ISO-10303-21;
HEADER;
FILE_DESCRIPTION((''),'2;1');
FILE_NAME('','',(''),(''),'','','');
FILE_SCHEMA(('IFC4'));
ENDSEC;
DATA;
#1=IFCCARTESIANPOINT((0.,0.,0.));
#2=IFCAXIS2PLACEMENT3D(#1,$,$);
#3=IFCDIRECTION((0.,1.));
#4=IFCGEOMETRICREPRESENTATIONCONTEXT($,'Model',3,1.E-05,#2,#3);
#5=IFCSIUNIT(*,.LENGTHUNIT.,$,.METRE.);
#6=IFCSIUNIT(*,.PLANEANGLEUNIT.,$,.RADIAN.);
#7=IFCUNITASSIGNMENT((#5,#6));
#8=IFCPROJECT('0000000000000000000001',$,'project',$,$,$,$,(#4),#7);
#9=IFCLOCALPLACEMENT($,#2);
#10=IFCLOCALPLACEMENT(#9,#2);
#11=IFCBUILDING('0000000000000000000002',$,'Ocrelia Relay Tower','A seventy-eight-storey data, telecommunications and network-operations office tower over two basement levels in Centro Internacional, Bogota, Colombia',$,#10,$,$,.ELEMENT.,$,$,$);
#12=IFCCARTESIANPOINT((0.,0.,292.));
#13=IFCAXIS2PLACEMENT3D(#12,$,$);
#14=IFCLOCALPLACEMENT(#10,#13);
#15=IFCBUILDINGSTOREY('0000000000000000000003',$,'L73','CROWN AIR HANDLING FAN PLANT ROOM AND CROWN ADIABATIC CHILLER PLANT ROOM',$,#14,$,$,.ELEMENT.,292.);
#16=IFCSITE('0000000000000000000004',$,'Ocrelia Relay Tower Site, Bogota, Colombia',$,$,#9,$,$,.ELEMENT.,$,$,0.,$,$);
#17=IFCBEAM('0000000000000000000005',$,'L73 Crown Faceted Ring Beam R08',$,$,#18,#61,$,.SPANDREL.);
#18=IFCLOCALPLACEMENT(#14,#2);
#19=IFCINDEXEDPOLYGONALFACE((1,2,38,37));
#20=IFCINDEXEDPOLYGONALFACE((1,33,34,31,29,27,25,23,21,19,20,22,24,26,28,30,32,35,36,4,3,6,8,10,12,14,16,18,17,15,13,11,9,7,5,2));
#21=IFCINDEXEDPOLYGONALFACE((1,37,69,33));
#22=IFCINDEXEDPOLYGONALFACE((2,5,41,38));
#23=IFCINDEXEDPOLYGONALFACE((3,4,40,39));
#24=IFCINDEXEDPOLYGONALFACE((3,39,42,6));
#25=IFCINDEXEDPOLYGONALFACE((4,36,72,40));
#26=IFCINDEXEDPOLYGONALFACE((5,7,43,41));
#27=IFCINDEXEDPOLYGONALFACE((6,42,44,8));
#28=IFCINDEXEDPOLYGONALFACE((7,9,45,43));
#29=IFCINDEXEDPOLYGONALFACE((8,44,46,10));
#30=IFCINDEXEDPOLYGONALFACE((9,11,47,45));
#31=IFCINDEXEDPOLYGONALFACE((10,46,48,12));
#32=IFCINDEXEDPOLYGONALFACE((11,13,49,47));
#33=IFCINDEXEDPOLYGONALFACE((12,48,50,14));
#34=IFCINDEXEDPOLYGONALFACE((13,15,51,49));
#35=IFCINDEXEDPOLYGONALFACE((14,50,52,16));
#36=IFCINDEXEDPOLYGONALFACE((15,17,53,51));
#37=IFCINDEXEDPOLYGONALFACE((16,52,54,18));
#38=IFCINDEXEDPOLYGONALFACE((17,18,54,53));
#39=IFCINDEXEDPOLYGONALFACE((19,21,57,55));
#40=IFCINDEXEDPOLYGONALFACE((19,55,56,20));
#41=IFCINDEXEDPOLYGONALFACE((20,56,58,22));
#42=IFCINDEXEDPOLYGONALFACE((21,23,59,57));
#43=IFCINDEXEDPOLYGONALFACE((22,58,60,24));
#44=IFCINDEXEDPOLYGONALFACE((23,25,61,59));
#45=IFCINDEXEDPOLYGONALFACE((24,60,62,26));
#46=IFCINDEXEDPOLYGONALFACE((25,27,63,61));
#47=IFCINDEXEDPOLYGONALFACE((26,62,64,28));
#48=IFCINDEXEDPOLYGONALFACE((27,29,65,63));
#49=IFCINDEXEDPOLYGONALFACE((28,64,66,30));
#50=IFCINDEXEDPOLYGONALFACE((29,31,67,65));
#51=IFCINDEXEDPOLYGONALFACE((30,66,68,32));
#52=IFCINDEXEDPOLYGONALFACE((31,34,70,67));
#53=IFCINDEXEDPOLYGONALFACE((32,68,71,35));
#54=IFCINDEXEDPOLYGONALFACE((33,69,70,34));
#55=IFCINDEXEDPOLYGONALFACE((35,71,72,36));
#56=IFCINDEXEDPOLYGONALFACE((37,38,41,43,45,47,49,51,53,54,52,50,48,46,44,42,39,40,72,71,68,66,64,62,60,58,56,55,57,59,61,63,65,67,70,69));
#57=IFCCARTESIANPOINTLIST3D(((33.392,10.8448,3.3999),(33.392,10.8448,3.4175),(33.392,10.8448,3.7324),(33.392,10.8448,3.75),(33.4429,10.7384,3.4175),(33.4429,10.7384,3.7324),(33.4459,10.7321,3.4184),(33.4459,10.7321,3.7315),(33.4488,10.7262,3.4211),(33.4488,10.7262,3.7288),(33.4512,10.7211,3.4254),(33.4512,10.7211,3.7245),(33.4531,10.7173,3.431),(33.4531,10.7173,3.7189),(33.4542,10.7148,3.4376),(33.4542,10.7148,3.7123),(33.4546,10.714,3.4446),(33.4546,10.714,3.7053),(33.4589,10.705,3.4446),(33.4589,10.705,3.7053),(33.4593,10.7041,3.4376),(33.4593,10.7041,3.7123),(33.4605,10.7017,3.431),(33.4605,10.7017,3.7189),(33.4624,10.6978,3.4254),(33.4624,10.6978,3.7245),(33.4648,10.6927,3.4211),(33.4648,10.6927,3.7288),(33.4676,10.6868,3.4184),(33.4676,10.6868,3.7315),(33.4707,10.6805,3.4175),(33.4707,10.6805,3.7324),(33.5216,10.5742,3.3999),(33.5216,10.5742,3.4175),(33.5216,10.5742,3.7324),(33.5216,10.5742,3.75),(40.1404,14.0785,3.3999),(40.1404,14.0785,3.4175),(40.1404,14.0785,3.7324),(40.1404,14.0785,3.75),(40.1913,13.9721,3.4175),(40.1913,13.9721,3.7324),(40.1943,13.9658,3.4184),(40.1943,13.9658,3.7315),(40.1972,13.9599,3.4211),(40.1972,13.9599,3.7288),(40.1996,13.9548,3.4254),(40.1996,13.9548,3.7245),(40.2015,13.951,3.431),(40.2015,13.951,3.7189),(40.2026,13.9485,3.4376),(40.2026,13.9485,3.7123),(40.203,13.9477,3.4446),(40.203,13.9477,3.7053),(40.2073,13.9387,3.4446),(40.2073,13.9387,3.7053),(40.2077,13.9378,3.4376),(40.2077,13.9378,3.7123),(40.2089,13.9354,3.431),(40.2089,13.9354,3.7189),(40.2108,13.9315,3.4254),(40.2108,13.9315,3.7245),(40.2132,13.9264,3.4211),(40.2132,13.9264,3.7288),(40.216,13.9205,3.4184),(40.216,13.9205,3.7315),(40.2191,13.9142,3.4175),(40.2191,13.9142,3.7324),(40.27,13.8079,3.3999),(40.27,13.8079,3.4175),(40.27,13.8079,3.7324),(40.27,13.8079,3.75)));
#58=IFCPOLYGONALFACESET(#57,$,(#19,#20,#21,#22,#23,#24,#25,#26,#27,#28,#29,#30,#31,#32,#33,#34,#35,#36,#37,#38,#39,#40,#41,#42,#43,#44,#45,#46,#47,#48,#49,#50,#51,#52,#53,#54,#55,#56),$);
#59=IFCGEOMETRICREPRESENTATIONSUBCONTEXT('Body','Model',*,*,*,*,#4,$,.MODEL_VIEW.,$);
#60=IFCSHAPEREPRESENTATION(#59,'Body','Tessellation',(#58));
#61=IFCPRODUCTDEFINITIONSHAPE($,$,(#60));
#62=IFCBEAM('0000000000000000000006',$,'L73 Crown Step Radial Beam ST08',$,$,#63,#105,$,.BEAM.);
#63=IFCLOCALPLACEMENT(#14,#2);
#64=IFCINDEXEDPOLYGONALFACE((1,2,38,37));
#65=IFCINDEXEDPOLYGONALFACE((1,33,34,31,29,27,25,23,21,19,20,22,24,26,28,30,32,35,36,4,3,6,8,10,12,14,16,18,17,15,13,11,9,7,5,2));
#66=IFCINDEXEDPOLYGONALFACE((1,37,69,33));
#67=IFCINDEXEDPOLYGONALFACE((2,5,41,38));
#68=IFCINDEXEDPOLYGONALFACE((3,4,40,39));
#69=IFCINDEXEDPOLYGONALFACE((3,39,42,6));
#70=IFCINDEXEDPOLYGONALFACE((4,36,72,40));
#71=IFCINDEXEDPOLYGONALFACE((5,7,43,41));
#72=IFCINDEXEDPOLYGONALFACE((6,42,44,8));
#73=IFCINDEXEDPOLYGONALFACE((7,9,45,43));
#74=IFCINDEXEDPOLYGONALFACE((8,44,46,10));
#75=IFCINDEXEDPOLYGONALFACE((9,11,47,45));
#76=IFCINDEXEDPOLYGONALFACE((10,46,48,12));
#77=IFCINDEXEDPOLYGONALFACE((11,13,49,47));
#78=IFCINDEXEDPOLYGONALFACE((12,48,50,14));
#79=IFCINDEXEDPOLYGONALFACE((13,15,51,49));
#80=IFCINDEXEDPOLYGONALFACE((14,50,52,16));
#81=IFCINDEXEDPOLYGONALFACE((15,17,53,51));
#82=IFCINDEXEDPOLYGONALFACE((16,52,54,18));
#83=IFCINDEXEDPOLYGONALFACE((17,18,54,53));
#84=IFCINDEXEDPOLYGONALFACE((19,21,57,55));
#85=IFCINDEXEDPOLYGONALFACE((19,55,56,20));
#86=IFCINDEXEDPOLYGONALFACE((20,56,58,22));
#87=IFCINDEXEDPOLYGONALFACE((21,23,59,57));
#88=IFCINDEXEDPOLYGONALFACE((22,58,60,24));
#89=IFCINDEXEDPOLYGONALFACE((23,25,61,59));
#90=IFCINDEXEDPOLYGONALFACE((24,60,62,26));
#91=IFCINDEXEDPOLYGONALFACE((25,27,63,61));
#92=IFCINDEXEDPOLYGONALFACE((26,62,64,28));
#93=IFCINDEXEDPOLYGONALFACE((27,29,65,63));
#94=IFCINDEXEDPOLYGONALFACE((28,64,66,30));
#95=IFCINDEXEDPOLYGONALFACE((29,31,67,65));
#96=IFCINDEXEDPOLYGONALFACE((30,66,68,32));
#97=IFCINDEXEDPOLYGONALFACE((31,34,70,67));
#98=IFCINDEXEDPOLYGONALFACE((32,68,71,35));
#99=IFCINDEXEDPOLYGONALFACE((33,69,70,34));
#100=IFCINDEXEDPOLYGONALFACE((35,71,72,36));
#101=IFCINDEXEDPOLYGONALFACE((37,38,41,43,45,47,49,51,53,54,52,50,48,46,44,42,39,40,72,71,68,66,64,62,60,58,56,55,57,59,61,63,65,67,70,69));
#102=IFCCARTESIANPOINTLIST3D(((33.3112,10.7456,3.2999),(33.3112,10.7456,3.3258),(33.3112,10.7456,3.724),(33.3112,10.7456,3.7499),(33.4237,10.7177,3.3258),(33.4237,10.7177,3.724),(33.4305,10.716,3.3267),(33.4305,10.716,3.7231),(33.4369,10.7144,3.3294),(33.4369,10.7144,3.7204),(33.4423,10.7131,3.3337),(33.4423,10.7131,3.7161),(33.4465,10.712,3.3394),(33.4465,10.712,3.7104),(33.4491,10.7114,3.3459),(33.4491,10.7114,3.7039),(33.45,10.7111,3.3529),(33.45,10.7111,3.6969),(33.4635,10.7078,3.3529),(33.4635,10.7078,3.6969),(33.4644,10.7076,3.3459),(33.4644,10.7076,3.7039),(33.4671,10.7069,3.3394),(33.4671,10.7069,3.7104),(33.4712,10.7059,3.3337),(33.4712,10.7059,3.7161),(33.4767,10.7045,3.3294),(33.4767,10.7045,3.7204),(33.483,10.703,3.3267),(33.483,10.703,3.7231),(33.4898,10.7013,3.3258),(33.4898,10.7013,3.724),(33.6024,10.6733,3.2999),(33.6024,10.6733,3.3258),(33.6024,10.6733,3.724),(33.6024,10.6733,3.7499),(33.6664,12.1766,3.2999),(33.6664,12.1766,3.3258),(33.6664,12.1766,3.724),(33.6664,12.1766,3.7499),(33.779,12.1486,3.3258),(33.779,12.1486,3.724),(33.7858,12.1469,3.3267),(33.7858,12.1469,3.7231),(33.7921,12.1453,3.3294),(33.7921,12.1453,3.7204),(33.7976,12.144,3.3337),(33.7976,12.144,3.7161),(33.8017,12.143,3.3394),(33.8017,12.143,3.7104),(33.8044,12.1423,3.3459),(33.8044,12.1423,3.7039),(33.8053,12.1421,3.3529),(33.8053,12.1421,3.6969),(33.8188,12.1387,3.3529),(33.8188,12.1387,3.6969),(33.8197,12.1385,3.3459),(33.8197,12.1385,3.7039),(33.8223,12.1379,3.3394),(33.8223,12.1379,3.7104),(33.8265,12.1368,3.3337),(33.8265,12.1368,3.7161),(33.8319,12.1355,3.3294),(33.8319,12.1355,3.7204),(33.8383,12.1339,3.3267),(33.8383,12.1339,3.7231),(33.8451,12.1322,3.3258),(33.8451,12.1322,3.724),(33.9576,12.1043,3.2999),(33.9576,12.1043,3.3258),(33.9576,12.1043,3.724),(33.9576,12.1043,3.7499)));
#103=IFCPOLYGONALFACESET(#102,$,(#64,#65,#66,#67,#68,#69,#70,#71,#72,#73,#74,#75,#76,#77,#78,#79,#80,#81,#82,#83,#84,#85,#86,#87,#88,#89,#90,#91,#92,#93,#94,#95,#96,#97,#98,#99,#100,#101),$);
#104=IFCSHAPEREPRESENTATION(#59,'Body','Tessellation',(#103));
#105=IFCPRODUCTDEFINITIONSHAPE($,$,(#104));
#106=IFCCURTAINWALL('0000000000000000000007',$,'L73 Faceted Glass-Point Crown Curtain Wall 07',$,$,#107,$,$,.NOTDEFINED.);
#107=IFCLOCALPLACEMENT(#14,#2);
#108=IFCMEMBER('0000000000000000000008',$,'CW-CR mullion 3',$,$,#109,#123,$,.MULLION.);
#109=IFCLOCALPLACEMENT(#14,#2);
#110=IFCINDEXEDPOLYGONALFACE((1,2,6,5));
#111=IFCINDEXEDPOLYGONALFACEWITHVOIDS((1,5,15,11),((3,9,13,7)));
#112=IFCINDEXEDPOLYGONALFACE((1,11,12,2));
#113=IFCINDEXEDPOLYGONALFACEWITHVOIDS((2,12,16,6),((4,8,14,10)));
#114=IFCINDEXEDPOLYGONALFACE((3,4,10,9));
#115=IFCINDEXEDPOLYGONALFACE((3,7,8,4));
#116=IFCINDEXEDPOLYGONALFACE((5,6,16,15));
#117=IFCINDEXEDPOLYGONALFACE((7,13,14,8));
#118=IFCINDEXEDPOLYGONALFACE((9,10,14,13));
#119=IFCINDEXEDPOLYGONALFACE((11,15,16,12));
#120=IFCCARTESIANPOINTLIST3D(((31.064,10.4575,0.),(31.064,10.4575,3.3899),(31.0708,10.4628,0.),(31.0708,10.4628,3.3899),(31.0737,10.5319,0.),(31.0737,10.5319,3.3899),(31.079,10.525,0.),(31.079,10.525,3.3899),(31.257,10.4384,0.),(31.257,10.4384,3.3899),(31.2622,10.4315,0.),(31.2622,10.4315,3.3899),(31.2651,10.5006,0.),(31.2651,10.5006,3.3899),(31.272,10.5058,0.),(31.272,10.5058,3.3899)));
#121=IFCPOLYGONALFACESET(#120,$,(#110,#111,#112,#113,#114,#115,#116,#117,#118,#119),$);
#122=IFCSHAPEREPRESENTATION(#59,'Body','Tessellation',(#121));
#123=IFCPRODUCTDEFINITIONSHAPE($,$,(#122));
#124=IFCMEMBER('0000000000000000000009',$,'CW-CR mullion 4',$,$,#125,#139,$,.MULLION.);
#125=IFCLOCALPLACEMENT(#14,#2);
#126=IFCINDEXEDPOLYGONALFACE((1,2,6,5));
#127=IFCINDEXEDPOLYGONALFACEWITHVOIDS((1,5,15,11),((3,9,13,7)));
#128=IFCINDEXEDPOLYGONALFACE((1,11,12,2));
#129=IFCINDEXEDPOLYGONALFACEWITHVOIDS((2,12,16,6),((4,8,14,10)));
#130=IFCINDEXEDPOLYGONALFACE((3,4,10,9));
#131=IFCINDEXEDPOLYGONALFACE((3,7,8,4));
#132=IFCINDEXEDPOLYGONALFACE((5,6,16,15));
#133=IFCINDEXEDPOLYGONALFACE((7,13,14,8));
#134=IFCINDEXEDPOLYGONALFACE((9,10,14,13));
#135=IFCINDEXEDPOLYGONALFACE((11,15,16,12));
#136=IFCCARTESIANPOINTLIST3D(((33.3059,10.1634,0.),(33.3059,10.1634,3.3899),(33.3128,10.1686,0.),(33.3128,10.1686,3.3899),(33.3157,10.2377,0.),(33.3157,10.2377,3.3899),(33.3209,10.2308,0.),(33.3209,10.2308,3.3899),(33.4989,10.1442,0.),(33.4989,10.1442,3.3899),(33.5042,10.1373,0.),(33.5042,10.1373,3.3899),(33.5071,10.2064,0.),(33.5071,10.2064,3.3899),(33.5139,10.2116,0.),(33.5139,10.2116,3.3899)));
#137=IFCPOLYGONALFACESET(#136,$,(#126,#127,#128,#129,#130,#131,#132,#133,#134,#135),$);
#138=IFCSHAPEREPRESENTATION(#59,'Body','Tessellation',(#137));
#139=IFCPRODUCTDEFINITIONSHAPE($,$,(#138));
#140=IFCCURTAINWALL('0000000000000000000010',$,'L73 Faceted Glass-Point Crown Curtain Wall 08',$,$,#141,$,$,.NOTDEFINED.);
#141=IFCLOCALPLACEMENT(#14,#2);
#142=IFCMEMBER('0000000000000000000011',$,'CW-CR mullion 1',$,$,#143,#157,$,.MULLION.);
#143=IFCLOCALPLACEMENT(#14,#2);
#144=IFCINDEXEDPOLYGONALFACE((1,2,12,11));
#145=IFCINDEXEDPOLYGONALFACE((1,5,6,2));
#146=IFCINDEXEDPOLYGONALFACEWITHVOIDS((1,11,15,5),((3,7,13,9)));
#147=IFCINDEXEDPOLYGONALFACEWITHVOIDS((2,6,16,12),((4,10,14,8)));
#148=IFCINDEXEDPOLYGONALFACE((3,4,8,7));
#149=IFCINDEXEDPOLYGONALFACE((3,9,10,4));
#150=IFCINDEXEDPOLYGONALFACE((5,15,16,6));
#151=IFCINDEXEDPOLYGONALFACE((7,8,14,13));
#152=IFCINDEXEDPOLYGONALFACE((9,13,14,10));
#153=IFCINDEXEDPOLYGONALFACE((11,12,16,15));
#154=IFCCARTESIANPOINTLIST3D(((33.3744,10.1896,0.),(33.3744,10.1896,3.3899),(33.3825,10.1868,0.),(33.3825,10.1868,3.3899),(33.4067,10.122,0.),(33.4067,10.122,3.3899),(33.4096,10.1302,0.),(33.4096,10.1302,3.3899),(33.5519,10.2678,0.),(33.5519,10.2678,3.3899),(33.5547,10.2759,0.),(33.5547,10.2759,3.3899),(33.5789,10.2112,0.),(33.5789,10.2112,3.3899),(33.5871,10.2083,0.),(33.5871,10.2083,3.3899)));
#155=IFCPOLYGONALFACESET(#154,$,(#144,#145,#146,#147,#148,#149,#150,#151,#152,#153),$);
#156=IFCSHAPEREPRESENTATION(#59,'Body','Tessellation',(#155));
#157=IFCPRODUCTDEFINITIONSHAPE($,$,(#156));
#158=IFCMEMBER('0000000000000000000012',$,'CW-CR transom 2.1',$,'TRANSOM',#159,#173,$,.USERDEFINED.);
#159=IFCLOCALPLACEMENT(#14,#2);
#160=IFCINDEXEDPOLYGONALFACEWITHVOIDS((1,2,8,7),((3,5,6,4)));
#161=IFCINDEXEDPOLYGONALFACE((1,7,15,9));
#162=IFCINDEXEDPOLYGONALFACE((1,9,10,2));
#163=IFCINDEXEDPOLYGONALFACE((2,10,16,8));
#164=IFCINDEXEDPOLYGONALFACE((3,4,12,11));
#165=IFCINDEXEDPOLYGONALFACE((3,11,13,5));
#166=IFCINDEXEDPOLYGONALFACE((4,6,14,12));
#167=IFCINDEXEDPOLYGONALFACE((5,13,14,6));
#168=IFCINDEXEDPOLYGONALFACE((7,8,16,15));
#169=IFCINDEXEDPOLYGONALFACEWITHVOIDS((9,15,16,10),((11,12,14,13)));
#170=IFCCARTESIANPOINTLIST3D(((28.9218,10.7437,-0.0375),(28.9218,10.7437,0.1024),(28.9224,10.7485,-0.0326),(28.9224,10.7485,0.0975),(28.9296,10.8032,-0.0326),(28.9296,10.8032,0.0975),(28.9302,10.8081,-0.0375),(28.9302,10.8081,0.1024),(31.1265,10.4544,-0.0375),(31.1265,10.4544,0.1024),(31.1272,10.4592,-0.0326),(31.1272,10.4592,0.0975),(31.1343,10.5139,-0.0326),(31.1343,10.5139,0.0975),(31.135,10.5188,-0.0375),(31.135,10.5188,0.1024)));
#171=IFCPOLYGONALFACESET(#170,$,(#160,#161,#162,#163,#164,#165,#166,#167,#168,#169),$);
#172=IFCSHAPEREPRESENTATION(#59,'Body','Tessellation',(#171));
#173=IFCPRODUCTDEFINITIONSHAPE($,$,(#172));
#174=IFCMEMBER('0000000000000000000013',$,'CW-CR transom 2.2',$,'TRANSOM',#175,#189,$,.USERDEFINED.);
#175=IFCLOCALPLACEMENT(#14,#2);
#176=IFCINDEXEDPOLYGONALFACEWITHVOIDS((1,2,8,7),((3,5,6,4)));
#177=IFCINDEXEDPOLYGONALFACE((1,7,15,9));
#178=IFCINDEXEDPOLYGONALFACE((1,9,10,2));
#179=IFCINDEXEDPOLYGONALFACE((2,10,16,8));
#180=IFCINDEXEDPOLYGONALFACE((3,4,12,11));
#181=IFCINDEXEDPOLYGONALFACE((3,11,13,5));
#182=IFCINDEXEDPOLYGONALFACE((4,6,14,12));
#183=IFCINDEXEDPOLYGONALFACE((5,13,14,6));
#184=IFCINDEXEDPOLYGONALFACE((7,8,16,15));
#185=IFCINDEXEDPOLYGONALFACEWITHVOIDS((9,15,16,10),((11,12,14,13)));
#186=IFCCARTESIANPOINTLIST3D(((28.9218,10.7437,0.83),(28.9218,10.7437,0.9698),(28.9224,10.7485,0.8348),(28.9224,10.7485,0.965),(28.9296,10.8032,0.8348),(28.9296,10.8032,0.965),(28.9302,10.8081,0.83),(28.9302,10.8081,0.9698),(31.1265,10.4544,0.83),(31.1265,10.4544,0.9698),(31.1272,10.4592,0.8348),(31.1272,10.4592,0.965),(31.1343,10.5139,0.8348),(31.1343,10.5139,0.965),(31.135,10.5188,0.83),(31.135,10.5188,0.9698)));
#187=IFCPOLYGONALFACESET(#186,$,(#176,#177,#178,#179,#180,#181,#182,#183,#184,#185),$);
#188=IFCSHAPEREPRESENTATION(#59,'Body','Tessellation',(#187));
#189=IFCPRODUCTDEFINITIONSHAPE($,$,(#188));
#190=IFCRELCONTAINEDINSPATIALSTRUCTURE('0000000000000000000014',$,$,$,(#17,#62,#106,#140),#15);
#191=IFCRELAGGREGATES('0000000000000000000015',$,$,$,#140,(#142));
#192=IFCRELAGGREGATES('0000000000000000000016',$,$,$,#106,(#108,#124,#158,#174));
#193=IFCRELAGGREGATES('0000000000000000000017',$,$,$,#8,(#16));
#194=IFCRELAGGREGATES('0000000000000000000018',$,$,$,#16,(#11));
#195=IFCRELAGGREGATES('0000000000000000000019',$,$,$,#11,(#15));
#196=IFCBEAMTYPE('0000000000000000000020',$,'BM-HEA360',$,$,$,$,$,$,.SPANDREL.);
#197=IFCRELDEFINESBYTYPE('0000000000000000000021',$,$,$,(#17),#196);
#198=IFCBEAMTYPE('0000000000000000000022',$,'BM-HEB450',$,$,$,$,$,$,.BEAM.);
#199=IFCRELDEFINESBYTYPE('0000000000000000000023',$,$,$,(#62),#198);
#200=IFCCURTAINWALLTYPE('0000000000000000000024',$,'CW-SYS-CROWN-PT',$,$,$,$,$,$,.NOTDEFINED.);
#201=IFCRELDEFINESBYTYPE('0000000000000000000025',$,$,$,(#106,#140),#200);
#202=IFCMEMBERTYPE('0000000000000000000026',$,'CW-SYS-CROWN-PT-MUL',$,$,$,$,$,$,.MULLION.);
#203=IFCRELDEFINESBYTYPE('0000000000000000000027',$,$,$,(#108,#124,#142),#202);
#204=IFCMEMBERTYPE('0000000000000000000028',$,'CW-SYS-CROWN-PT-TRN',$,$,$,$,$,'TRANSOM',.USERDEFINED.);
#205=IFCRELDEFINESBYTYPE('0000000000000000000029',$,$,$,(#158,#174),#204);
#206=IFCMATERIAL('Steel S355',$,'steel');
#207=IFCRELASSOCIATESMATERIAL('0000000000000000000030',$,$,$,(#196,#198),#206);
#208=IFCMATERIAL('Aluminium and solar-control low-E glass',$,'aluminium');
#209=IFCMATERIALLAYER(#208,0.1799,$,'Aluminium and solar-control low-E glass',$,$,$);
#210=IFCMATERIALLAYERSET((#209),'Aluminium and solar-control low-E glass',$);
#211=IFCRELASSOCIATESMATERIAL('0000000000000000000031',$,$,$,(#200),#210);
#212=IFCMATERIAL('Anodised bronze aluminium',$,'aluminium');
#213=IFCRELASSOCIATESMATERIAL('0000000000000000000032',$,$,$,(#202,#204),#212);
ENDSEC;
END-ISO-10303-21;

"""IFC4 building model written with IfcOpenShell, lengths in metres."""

from ifc_helpers import new_model, si_unit, direction, frame, origin, origin_2d, place, context, subcontext, project, spatial, hollow_rectangle, i_section, extrude, material, layer, layer_set, material_profile, profile_set, type_object, element, aggregate, save


model = new_model("IFC4")

# Units and contexts
model_context = context("Model", 3, precision=1e-05, world=origin(), true_north=direction((0.0, 1.0)))
body_context = subcontext(model_context, "Body", "Model", "MODEL_VIEW")
ifc_project = project(units=[si_unit("LENGTHUNIT", "METRE"), si_unit("PLANEANGLEUNIT", "RADIAN")], contexts=[model_context])

# Site, building, storey
site_placement = place(None, origin())
site = spatial("IfcSite", under=ifc_project, at=site_placement, Name="Ocrelia Relay Tower Site, Bogota, Colombia", CompositionType="ELEMENT", RefElevation=0.0)
building_placement = place(site_placement, origin())
building = spatial("IfcBuilding", under=site, at=building_placement, Name="Ocrelia Relay Tower", Description="A seventy-eight-storey data, telecommunications and network-operations office tower over two basement levels in Centro Internacional, Bogota, Colombia", CompositionType="ELEMENT")
storey_placement = place(building_placement, frame((0.0, 0.0, 292.0)))
storey = spatial("IfcBuildingStorey", under=building, at=storey_placement, Name="L73", Description="CROWN AIR HANDLING FAN PLANT ROOM AND CROWN ADIABATIC CHILLER PLANT ROOM", CompositionType="ELEMENT", Elevation=292.0)

# Beams
ifc_material_1 = material(Name="Steel S355", Category="steel")
ifc_material_profile_1 = material_profile(ifc_material_1, i_section(OverallWidth=0.3, OverallDepth=0.3501, WebThickness=0.01, FlangeThickness=0.0176, FilletRadius=0.0271, at=origin_2d()), Name="HEA 360")
ifc_profile_set_1 = profile_set([ifc_material_profile_1], Name="Steel S355")
beam_type_1 = type_object("IfcBeamType", Name="BM-HEA360", PredefinedType="SPANDREL", material=ifc_profile_set_1)
beam_1_placement = place(storey_placement, frame((33.4568, 10.7095, 3.575), z_axis=(0.901812, 0.43213, 0.0), x_axis=(-0.43213, 0.901812, 0.0)))
element("IfcBeam", 1, at=beam_1_placement, inside=storey, type_object=beam_type_1, Name="L73 Crown Faceted Ring Beam R08", PredefinedType="SPANDREL", context=body_context, shape_type="SweptSolid", body=[
    extrude(i_section(OverallWidth=0.3, OverallDepth=0.3501, WebThickness=0.01, FlangeThickness=0.0176, FilletRadius=0.0271, at=origin_2d()), origin(), (0.0, 0.0, 1.0), 7.4832),
])
ifc_material_profile_2 = material_profile(ifc_material_1, i_section(OverallWidth=0.3, OverallDepth=0.45, WebThickness=0.0139, FlangeThickness=0.0259, FilletRadius=0.0271, at=origin_2d()), Name="HEB 450")
ifc_profile_set_2 = profile_set([ifc_material_profile_2], Name="Steel S355")
beam_type_2 = type_object("IfcBeamType", Name="BM-HEB450", PredefinedType="BEAM", material=ifc_profile_set_2)
beam_2_placement = place(storey_placement, frame((33.4568, 10.7095, 3.5249), z_axis=(0.240938, 0.970541, 0.0), x_axis=(-0.970541, 0.240938, 0.0)))
element("IfcBeam", 2, at=beam_2_placement, inside=storey, type_object=beam_type_2, Name="L73 Crown Step Radial Beam ST08", PredefinedType="BEAM", context=body_context, shape_type="SweptSolid", body=[
    extrude(i_section(OverallWidth=0.3, OverallDepth=0.45, WebThickness=0.0139, FlangeThickness=0.0259, FilletRadius=0.0271, at=origin_2d()), origin(), (0.0, 0.0, 1.0), 1.4744),
])

# Curtain wall, members
ifc_material_2 = material(Name="Aluminium and solar-control low-E glass", Category="aluminium")
ifc_layer_1 = layer(ifc_material_2, 0.1799, Name="Aluminium and solar-control low-E glass")
ifc_layer_set_1 = layer_set([ifc_layer_1], Name="Aluminium and solar-control low-E glass")
curtain_wall_type = type_object("IfcCurtainWallType", Name="CW-SYS-CROWN-PT", PredefinedType="NOTDEFINED", material=ifc_layer_set_1)
curtain_wall_1_placement = place(storey_placement, origin())
curtain_wall_1 = element("IfcCurtainWall", 3, at=curtain_wall_1_placement, inside=storey, type_object=curtain_wall_type, Name="L73 Faceted Glass-Point Crown Curtain Wall 07", PredefinedType="NOTDEFINED")
ifc_material_3 = material(Name="Anodised bronze aluminium", Category="aluminium")
ifc_material_profile_3 = material_profile(ifc_material_3, hollow_rectangle(XDim=0.075, YDim=0.2, WallThickness=0.0061, at=origin_2d()), Name="CW-MUL-200x75")
ifc_profile_set_3 = profile_set([ifc_material_profile_3], Name="Anodised bronze aluminium")
member_type_1 = type_object("IfcMemberType", Name="CW-SYS-CROWN-PT-MUL", PredefinedType="MULLION", material=ifc_profile_set_3)
member_1_placement = place(storey_placement, frame((31.168, 10.4817, 0.0), z_axis=(0.0, 0.0, 1.0), x_axis=(0.130108, 0.9915, 0.0)))
member_1 = element("IfcMember", 4, at=member_1_placement, type_object=member_type_1, Name="CW-CR mullion 3", PredefinedType="MULLION", context=body_context, shape_type="SweptSolid", body=[
    extrude(hollow_rectangle(XDim=0.075, YDim=0.2, WallThickness=0.0061, at=origin_2d()), origin(), (0.0, 0.0, 1.0), 3.3899),
])
member_2_placement = place(storey_placement, frame((33.4099, 10.1875, 0.0), z_axis=(0.0, 0.0, 1.0), x_axis=(0.130108, 0.9915, 0.0)))
member_2 = element("IfcMember", 5, at=member_2_placement, type_object=member_type_1, Name="CW-CR mullion 4", PredefinedType="MULLION", context=body_context, shape_type="SweptSolid", body=[
    extrude(hollow_rectangle(XDim=0.075, YDim=0.2, WallThickness=0.0061, at=origin_2d()), origin(), (0.0, 0.0, 1.0), 3.3899),
])

# Curtain wall, member
curtain_wall_2_placement = place(storey_placement, origin())
curtain_wall_2 = element("IfcCurtainWall", 6, at=curtain_wall_2_placement, inside=storey, type_object=curtain_wall_type, Name="L73 Faceted Glass-Point Crown Curtain Wall 08", PredefinedType="NOTDEFINED")
member_3_placement = place(storey_placement, frame((33.4807, 10.199, 0.0), z_axis=(0.0, 0.0, 1.0), x_axis=(-0.431477, 0.902124, 0.0)))
member_3 = element("IfcMember", 7, at=member_3_placement, type_object=member_type_1, Name="CW-CR mullion 1", PredefinedType="MULLION", context=body_context, shape_type="SweptSolid", body=[
    extrude(hollow_rectangle(XDim=0.075, YDim=0.2, WallThickness=0.0061, at=origin_2d()), origin(), (0.0, 0.0, 1.0), 3.3899),
])

# Members
ifc_material_profile_4 = material_profile(ifc_material_3, hollow_rectangle(XDim=0.0649, YDim=0.1399, WallThickness=0.0049, at=origin_2d()), Name="CW-TRN-140x65")
ifc_profile_set_4 = profile_set([ifc_material_profile_4], Name="Anodised bronze aluminium")
member_type_2 = type_object("IfcMemberType", Name="CW-SYS-CROWN-PT-TRN", ElementType="TRANSOM", PredefinedType="USERDEFINED", material=ifc_profile_set_4)
member_4_placement = place(storey_placement, frame((28.926, 10.7759, 0.0325), z_axis=(0.991501, -0.1301, 0.0), x_axis=(0.1301, 0.991501, 0.0)))
member_4 = element("IfcMember", 8, at=member_4_placement, type_object=member_type_2, Name="CW-CR transom 2.1", ObjectType="TRANSOM", PredefinedType="USERDEFINED", context=body_context, shape_type="SweptSolid", body=[
    extrude(hollow_rectangle(XDim=0.0649, YDim=0.1399, WallThickness=0.0049, at=origin_2d()), origin(), (0.0, 0.0, 1.0), 2.2236),
])
member_5_placement = place(storey_placement, frame((28.926, 10.7759, 0.8999), z_axis=(0.991501, -0.1301, 0.0), x_axis=(0.1301, 0.991501, 0.0)))
member_5 = element("IfcMember", 9, at=member_5_placement, type_object=member_type_2, Name="CW-CR transom 2.2", ObjectType="TRANSOM", PredefinedType="USERDEFINED", context=body_context, shape_type="SweptSolid", body=[
    extrude(hollow_rectangle(XDim=0.0649, YDim=0.1399, WallThickness=0.0049, at=origin_2d()), origin(), (0.0, 0.0, 1.0), 2.2236),
])
aggregate(curtain_wall_2, [member_3])

aggregate(curtain_wall_1, [member_1, member_2, member_4, member_5])

save(model, "model.ifc")
